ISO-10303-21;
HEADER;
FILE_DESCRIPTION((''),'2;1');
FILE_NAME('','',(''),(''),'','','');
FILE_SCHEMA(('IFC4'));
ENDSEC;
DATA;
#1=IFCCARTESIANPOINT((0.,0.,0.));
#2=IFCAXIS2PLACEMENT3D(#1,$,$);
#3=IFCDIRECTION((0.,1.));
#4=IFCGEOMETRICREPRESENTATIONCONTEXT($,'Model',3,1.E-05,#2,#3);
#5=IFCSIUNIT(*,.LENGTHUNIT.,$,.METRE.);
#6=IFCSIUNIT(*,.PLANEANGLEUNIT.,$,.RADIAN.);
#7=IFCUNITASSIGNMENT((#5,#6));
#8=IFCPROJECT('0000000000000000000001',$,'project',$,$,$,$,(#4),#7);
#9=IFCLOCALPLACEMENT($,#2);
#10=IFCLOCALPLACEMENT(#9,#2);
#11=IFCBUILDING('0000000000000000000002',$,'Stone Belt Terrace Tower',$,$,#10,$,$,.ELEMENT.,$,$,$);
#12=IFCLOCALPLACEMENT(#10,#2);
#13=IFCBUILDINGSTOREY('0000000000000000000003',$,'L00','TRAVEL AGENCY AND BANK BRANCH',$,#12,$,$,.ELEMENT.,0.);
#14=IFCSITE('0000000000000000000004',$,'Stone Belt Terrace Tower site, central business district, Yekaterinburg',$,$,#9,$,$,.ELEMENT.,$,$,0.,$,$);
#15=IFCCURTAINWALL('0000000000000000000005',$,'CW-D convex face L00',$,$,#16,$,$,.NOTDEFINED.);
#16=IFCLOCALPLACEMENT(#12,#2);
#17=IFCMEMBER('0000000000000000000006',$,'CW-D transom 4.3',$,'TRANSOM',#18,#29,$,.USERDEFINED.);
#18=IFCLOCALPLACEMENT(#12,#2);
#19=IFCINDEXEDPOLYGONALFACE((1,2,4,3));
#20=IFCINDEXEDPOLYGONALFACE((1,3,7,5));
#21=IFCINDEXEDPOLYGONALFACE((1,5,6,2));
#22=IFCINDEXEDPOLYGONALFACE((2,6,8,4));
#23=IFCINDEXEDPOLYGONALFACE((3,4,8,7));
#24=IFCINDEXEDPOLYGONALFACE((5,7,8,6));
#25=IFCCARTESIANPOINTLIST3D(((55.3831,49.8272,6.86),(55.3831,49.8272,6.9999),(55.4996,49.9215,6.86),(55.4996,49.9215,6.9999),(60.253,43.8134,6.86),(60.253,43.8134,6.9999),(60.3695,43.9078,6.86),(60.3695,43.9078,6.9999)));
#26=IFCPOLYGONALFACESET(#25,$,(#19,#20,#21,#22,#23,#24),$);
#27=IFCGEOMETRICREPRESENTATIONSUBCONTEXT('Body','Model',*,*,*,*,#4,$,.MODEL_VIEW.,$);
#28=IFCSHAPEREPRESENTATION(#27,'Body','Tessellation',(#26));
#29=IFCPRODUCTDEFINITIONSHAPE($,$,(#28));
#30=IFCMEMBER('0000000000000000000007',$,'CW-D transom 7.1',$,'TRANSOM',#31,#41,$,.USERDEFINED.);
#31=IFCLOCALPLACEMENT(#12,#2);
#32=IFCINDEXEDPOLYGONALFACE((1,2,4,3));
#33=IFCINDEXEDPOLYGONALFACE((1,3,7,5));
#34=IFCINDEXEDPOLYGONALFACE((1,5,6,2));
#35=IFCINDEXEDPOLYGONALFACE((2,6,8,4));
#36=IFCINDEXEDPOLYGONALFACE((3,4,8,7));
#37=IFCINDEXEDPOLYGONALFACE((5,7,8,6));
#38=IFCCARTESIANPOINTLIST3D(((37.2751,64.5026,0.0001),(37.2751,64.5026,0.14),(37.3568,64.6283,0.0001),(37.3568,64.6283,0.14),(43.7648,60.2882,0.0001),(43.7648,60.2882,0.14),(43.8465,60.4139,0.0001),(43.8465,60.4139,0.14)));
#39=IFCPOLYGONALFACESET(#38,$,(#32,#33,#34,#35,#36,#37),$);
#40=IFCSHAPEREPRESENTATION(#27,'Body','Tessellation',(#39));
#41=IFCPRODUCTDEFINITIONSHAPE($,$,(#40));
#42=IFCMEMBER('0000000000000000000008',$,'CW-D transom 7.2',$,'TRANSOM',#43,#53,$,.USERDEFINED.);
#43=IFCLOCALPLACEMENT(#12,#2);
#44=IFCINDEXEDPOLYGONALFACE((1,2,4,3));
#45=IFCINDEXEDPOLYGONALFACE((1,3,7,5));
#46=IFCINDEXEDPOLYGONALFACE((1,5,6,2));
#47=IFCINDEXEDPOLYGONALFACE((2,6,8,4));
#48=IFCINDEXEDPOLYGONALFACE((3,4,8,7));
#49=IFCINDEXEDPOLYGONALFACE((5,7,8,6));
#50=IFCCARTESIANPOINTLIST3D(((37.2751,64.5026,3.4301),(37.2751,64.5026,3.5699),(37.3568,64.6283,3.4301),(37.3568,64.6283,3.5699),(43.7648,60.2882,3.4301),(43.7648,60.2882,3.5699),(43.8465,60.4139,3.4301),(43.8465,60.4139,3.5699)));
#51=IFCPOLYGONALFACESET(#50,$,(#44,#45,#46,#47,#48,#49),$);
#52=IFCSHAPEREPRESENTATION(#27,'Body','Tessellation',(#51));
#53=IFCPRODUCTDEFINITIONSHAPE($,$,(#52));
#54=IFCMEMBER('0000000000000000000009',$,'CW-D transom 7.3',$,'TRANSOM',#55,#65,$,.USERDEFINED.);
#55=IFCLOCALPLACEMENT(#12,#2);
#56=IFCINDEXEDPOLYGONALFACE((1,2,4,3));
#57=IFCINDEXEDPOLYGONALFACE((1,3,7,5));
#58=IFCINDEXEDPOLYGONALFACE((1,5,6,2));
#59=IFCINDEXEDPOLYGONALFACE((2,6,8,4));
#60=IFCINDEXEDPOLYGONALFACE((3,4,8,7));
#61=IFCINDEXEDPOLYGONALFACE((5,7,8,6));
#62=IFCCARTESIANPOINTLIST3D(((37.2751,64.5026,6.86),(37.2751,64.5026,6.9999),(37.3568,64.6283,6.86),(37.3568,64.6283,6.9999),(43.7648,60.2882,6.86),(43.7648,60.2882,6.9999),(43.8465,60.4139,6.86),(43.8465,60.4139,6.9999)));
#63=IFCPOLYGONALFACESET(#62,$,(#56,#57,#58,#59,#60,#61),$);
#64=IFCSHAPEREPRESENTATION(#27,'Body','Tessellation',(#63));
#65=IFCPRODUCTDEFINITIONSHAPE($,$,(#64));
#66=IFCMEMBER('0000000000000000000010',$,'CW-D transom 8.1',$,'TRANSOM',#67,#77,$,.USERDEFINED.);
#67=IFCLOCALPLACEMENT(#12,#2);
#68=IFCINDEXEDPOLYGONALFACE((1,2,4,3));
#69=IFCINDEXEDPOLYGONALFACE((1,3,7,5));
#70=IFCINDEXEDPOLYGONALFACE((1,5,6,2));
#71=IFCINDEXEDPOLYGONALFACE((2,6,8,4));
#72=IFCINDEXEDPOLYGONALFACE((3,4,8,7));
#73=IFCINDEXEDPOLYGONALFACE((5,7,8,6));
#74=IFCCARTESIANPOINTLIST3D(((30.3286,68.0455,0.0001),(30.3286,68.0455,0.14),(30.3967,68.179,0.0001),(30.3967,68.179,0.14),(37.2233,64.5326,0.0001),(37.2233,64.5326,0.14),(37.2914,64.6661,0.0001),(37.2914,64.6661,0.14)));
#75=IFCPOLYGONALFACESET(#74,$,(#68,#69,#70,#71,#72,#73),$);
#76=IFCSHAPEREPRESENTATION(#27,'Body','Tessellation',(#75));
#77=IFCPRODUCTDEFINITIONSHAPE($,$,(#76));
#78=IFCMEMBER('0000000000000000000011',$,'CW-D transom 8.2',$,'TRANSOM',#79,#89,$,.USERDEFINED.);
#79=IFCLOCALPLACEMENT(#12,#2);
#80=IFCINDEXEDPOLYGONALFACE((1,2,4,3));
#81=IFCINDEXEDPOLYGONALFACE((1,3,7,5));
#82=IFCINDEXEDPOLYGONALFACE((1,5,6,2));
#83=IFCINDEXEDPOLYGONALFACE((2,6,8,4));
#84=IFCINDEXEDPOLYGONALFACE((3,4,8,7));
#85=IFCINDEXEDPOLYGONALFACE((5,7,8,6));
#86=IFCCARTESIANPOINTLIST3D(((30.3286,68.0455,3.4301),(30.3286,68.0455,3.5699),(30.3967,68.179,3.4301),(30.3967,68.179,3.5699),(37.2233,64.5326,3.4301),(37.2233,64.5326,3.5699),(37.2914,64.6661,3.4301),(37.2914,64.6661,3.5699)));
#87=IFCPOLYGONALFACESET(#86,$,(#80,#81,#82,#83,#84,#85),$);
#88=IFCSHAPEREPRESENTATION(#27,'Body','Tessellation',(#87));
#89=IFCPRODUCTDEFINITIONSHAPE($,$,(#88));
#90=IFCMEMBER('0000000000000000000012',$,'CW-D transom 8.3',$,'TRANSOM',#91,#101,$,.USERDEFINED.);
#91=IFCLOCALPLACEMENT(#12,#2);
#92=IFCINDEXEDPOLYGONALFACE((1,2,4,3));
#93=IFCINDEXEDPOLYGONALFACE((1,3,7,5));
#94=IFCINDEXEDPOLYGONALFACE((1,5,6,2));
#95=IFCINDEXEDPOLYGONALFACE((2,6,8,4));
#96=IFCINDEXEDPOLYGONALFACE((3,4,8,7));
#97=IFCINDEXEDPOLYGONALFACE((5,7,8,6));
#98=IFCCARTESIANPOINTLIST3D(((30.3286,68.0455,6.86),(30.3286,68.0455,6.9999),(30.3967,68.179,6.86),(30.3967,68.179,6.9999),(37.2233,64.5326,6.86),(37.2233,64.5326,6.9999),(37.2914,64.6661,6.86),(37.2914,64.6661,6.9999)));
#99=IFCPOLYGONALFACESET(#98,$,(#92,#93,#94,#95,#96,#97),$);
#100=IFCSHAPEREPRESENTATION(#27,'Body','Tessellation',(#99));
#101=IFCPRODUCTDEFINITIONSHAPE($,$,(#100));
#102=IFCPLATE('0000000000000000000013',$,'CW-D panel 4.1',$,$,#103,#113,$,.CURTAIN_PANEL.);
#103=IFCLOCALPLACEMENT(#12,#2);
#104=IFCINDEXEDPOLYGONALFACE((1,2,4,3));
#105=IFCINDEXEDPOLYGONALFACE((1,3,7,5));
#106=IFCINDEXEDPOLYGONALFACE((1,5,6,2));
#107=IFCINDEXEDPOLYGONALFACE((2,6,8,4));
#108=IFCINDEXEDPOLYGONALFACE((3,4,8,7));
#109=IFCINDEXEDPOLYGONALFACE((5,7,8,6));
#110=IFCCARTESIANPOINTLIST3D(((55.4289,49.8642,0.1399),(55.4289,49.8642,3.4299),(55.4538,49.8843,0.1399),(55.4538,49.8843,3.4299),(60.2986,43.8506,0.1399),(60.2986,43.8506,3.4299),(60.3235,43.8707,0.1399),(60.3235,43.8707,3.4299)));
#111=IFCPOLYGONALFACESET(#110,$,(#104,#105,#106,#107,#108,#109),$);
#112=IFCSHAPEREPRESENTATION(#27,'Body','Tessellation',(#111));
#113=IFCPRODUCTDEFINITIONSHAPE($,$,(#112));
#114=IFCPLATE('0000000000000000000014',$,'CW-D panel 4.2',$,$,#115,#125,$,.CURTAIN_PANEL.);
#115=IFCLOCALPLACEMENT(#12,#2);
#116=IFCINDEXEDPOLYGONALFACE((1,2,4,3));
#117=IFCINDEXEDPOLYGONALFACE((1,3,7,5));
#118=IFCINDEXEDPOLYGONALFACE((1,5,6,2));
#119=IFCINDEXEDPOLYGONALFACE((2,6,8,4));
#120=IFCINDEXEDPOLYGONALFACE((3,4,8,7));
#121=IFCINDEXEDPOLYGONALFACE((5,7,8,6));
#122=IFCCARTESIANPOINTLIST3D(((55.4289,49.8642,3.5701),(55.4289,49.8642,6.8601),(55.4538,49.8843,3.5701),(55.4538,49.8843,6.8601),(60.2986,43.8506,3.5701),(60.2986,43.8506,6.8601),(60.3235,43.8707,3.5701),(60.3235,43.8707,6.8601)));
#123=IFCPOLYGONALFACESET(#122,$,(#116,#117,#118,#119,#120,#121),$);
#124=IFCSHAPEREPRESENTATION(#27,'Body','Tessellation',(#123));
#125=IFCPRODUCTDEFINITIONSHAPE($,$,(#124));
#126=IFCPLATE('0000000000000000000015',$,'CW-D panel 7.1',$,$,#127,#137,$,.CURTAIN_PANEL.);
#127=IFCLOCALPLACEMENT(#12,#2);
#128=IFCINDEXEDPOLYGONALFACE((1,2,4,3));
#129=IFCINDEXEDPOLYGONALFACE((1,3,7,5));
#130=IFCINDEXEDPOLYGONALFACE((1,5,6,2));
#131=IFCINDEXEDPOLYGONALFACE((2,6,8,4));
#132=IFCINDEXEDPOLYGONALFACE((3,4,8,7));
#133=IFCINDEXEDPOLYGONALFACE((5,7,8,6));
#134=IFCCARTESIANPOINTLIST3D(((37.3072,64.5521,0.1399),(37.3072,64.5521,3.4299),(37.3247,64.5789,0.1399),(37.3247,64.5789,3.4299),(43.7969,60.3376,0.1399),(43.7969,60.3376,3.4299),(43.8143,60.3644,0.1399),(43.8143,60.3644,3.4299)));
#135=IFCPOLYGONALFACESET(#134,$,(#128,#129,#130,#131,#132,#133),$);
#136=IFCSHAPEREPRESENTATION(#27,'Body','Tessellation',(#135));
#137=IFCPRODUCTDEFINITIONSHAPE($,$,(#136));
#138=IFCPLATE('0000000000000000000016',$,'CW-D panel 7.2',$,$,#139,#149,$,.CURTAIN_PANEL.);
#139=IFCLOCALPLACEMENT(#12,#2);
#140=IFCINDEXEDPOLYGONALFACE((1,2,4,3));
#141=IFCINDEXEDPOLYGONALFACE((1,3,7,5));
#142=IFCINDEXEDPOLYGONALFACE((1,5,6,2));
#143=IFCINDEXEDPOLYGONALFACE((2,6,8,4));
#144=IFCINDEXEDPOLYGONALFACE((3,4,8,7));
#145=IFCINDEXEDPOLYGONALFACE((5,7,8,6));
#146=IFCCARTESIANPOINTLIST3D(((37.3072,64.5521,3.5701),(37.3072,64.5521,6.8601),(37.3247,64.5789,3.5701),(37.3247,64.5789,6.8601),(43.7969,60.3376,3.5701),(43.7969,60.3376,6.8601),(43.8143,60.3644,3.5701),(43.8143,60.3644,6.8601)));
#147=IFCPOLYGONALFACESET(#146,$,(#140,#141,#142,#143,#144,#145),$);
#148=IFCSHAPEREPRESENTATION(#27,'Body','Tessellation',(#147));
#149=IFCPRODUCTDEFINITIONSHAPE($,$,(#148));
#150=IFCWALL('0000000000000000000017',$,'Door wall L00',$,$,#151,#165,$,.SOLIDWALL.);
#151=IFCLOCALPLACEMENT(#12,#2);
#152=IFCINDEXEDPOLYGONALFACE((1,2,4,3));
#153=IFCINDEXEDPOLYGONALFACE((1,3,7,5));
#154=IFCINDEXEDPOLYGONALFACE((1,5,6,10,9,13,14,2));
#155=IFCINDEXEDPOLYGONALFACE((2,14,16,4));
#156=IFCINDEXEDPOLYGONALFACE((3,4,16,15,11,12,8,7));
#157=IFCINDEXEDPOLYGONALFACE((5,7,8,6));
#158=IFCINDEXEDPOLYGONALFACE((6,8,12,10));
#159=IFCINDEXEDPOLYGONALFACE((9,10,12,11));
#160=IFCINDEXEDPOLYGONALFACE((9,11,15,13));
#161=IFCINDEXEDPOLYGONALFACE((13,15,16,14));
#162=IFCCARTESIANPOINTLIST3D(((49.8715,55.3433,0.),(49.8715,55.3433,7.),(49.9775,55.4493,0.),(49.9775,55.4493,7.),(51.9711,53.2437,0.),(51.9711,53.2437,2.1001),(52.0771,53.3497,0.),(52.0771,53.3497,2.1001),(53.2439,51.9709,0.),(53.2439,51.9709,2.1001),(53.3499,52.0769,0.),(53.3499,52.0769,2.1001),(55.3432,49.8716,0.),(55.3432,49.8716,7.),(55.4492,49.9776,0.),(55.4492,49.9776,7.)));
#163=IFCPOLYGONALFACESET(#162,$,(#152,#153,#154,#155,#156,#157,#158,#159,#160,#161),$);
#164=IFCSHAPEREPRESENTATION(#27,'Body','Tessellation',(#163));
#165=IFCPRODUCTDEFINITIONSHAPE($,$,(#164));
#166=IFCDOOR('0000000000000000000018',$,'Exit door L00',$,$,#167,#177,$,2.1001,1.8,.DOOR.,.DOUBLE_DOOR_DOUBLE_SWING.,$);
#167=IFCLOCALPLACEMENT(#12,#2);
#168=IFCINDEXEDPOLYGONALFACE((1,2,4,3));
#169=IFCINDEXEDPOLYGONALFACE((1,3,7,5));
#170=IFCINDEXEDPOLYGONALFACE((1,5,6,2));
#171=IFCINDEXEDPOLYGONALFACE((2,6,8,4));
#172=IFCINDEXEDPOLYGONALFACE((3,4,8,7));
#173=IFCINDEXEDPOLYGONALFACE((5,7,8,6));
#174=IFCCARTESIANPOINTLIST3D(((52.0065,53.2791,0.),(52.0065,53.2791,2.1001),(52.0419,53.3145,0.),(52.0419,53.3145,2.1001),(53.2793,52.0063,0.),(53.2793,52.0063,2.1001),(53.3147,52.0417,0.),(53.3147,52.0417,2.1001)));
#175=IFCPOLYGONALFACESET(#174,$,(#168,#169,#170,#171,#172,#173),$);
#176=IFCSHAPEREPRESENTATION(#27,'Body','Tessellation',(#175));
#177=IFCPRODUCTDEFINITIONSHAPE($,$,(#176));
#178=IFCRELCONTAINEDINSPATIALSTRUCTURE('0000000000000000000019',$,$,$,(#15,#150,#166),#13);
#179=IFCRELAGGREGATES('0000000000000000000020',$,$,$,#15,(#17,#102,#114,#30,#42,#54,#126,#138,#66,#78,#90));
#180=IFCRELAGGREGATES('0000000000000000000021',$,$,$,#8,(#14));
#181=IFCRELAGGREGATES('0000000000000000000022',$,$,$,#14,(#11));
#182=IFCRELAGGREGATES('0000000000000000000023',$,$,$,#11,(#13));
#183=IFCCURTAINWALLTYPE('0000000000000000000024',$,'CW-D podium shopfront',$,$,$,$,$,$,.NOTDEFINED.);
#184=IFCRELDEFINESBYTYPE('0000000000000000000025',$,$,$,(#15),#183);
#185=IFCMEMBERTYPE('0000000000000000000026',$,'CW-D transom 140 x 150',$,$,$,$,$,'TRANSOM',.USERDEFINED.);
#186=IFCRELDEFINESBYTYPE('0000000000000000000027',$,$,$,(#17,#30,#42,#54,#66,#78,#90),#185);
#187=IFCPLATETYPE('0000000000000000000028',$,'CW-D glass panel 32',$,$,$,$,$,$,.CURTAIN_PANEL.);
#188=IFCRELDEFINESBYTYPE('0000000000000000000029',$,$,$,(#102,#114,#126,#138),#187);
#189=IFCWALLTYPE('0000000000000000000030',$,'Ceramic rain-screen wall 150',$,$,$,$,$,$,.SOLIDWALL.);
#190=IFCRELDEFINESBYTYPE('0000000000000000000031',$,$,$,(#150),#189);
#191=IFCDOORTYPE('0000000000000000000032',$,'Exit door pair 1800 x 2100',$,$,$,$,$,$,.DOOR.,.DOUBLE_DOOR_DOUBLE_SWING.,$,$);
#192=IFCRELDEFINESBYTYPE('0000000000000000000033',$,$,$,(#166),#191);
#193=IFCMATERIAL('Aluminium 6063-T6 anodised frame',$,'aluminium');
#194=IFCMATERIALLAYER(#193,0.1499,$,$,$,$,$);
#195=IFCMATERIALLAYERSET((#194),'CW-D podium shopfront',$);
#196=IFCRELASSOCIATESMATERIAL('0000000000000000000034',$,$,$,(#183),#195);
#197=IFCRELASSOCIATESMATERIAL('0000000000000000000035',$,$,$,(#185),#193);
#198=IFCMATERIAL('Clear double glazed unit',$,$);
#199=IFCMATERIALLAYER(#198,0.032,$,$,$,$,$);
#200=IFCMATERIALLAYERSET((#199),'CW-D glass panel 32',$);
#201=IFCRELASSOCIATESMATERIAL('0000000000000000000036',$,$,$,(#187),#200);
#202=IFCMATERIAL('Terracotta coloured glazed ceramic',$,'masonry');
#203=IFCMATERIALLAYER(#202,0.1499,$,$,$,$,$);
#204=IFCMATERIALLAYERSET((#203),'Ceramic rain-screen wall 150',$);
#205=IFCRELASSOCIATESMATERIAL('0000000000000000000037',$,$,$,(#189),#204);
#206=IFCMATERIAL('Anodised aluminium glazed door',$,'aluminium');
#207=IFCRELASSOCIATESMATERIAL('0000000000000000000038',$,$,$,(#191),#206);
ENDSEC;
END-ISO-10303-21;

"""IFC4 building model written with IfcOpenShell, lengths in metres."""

from ifc_helpers import new_model, si_unit, direction, frame, frame_2d, origin, origin_2d, place, context, subcontext, project, spatial, rectangle, extrude, material, layer, layer_set, material_profile, profile_set, type_object, element, fill, aggregate, save


model = new_model("IFC4")

# Units and contexts
model_context = context("Model", 3, precision=1e-05, world=origin(), true_north=direction((0.0, 1.0)))
body_context = subcontext(model_context, "Body", "Model", "MODEL_VIEW")
ifc_project = project(units=[si_unit("LENGTHUNIT", "METRE"), si_unit("PLANEANGLEUNIT", "RADIAN")], contexts=[model_context])

# Site, building, storey
site_placement = place(None, origin())
site = spatial("IfcSite", under=ifc_project, at=site_placement, Name="Stone Belt Terrace Tower site, central business district, Yekaterinburg", CompositionType="ELEMENT", RefElevation=0.0)
building_placement = place(site_placement, origin())
building = spatial("IfcBuilding", under=site, at=building_placement, Name="Stone Belt Terrace Tower", CompositionType="ELEMENT")
storey_placement = place(building_placement, origin())
storey = spatial("IfcBuildingStorey", under=building, at=storey_placement, Name="L00", Description="TRAVEL AGENCY AND BANK BRANCH", CompositionType="ELEMENT", Elevation=0.0)

# Curtain wall, members, plates
ifc_material_1 = material(Name="Aluminium 6063-T6 anodised frame", Category="aluminium")
ifc_layer_1 = layer(ifc_material_1, 0.1499)
ifc_layer_set_1 = layer_set([ifc_layer_1], Name="CW-D podium shopfront")
curtain_wall_type = type_object("IfcCurtainWallType", Name="CW-D podium shopfront", PredefinedType="NOTDEFINED", material=ifc_layer_set_1)
curtain_wall_placement = place(storey_placement, origin())
curtain_wall = element("IfcCurtainWall", 1, at=curtain_wall_placement, inside=storey, type_object=curtain_wall_type, Name="CW-D convex face L00", PredefinedType="NOTDEFINED")
ifc_material_profile_1 = material_profile(ifc_material_1, rectangle(XDim=0.1499, YDim=0.1399, at=origin_2d()), Name="Aluminium 6063-T6 150x140")
ifc_profile_set_1 = profile_set([ifc_material_profile_1], Name="Aluminium 6063-T6 anodised frame")
member_type_1 = type_object("IfcMemberType", Name="CW-D transom 140 x 150", ElementType="TRANSOM", PredefinedType="USERDEFINED", material=ifc_profile_set_1)
member_1_placement = place(storey_placement, frame((60.3113, 43.8606, 6.9299), z_axis=(-0.629328, 0.77714, 0.0), x_axis=(-0.77714, -0.629328, 0.0)))
member_1 = element("IfcMember", 2, at=member_1_placement, type_object=member_type_1, Name="CW-D transom 4.3", ObjectType="TRANSOM", PredefinedType="USERDEFINED", context=body_context, shape_type="SweptSolid", body=[
    extrude(rectangle(XDim=0.1499, YDim=0.1399, at=origin_2d()), origin(), (0.0, 0.0, 1.0), 7.7383),
])
member_2_placement = place(storey_placement, frame((43.8057, 60.3511, 0.0701), z_axis=(-0.838679, 0.544627, 0.0), x_axis=(-0.544627, -0.838679, 0.0)))
member_2 = element("IfcMember", 3, at=member_2_placement, type_object=member_type_1, Name="CW-D transom 7.1", ObjectType="TRANSOM", PredefinedType="USERDEFINED", context=body_context, shape_type="SweptSolid", body=[
    extrude(rectangle(XDim=0.1499, YDim=0.1399, at=origin_2d()), origin(), (0.0, 0.0, 1.0), 7.738),
])
member_3_placement = place(storey_placement, frame((43.8057, 60.3511, 3.5), z_axis=(-0.838679, 0.544627, 0.0), x_axis=(-0.544627, -0.838679, 0.0)))
member_3 = element("IfcMember", 4, at=member_3_placement, type_object=member_type_1, Name="CW-D transom 7.2", ObjectType="TRANSOM", PredefinedType="USERDEFINED", context=body_context, shape_type="SweptSolid", body=[
    extrude(rectangle(XDim=0.1499, YDim=0.1399, at=origin_2d()), origin(), (0.0, 0.0, 1.0), 7.738),
])
member_4_placement = place(storey_placement, frame((43.8057, 60.3511, 6.9299), z_axis=(-0.838679, 0.544627, 0.0), x_axis=(-0.544627, -0.838679, 0.0)))
member_4 = element("IfcMember", 5, at=member_4_placement, type_object=member_type_1, Name="CW-D transom 7.3", ObjectType="TRANSOM", PredefinedType="USERDEFINED", context=body_context, shape_type="SweptSolid", body=[
    extrude(rectangle(XDim=0.1499, YDim=0.1399, at=origin_2d()), origin(), (0.0, 0.0, 1.0), 7.738),
])
member_5_placement = place(storey_placement, frame((37.2573, 64.5994, 0.0701), z_axis=(-0.891013, 0.453978, 0.0), x_axis=(-0.453978, -0.891013, 0.0)))
member_5 = element("IfcMember", 6, at=member_5_placement, type_object=member_type_1, Name="CW-D transom 8.1", ObjectType="TRANSOM", PredefinedType="USERDEFINED", context=body_context, shape_type="SweptSolid", body=[
    extrude(rectangle(XDim=0.1499, YDim=0.1399, at=origin_2d()), origin(), (0.0, 0.0, 1.0), 7.738),
])
member_6_placement = place(storey_placement, frame((37.2573, 64.5994, 3.5), z_axis=(-0.891013, 0.453978, 0.0), x_axis=(-0.453978, -0.891013, 0.0)))
member_6 = element("IfcMember", 7, at=member_6_placement, type_object=member_type_1, Name="CW-D transom 8.2", ObjectType="TRANSOM", PredefinedType="USERDEFINED", context=body_context, shape_type="SweptSolid", body=[
    extrude(rectangle(XDim=0.1499, YDim=0.1399, at=origin_2d()), origin(), (0.0, 0.0, 1.0), 7.738),
])
member_7_placement = place(storey_placement, frame((37.2573, 64.5994, 6.9299), z_axis=(-0.891013, 0.453978, 0.0), x_axis=(-0.453978, -0.891013, 0.0)))
member_7 = element("IfcMember", 8, at=member_7_placement, type_object=member_type_1, Name="CW-D transom 8.3", ObjectType="TRANSOM", PredefinedType="USERDEFINED", context=body_context, shape_type="SweptSolid", body=[
    extrude(rectangle(XDim=0.1499, YDim=0.1399, at=origin_2d()), origin(), (0.0, 0.0, 1.0), 7.738),
])
ifc_material_2 = material(Name="Clear double glazed unit")
ifc_layer_2 = layer(ifc_material_2, 0.032)
ifc_layer_set_2 = layer_set([ifc_layer_2], Name="CW-D glass panel 32")
plate_type = type_object("IfcPlateType", Name="CW-D glass panel 32", PredefinedType="CURTAIN_PANEL", material=ifc_layer_set_2)
plate_1_placement = place(storey_placement, frame((57.8762, 46.8674, 0.1399), z_axis=(0.0, 0.0, 1.0), x_axis=(-0.62932, 0.777146, 0.0)))
plate_1 = element("IfcPlate", 9, at=plate_1_placement, type_object=plate_type, Name="CW-D panel 4.1", PredefinedType="CURTAIN_PANEL", context=body_context, shape_type="SweptSolid", body=[
    extrude(rectangle(XDim=7.738, YDim=0.032, at=origin_2d()), origin(), (0.0, 0.0, 1.0), 3.29),
])
plate_2_placement = place(storey_placement, frame((57.8762, 46.8674, 3.5701), z_axis=(0.0, 0.0, 1.0), x_axis=(-0.62932, 0.777146, 0.0)))
plate_2 = element("IfcPlate", 10, at=plate_2_placement, type_object=plate_type, Name="CW-D panel 4.2", PredefinedType="CURTAIN_PANEL", context=body_context, shape_type="SweptSolid", body=[
    extrude(rectangle(XDim=7.738, YDim=0.032, at=origin_2d()), origin(), (0.0, 0.0, 1.0), 3.29),
])
plate_3_placement = place(storey_placement, frame((40.5608, 62.4583, 0.1399), z_axis=(0.0, 0.0, 1.0), x_axis=(-0.838671, 0.544639, 0.0)))
plate_3 = element("IfcPlate", 11, at=plate_3_placement, type_object=plate_type, Name="CW-D panel 7.1", PredefinedType="CURTAIN_PANEL", context=body_context, shape_type="SweptSolid", body=[
    extrude(rectangle(XDim=7.738, YDim=0.032, at=origin_2d()), origin(), (0.0, 0.0, 1.0), 3.29),
])
plate_4_placement = place(storey_placement, frame((40.5608, 62.4583, 3.5701), z_axis=(0.0, 0.0, 1.0), x_axis=(-0.838671, 0.544639, 0.0)))
plate_4 = element("IfcPlate", 12, at=plate_4_placement, type_object=plate_type, Name="CW-D panel 7.2", PredefinedType="CURTAIN_PANEL", context=body_context, shape_type="SweptSolid", body=[
    extrude(rectangle(XDim=7.738, YDim=0.032, at=origin_2d()), origin(), (0.0, 0.0, 1.0), 3.29),
])
aggregate(curtain_wall, [member_1, plate_1, plate_2, member_2, member_3, member_4, plate_3, plate_4, member_5, member_6, member_7])

# Wall, opening, door
ifc_material_3 = material(Name="Terracotta coloured glazed ceramic", Category="masonry")
ifc_layer_3 = layer(ifc_material_3, 0.1499)
ifc_layer_set_3 = layer_set([ifc_layer_3], Name="Ceramic rain-screen wall 150")
wall_type_1 = type_object("IfcWallType", Name="Ceramic rain-screen wall 150", PredefinedType="SOLIDWALL", material=ifc_layer_set_3)
wall_1_placement = place(storey_placement, frame((55.3962, 49.9246, 0.0), z_axis=(0.0, 0.0, 1.0), x_axis=(-0.707107, 0.707107, 0.0)))
wall_1 = element("IfcWall", 13, at=wall_1_placement, inside=storey, type_object=wall_type_1, Name="Door wall L00", PredefinedType="SOLIDWALL", context=body_context, shape_type="SweptSolid", body=[
    extrude(rectangle(XDim=7.738, YDim=0.1499, at=frame_2d((3.8691, 0.0))), origin(), (0.0, 0.0, 1.0), 7.0),
])
opening_1_placement = place(wall_1_placement, frame((2.969, 0.0, 0.0)))
opening_1 = element("IfcOpeningElement", 14, at=opening_1_placement, cuts=wall_1, PredefinedType="OPENING", context=body_context, shape_type="SweptSolid", body=[
    extrude(rectangle(XDim=1.8, YDim=2.1001, at=frame_2d((0.8999, 1.05))), frame((0.0, 0.085, 0.0), z_axis=(0.0, -1.0, 0.0), x_axis=(1.0, 0.0, 0.0)), (0.0, 0.0, 1.0), 0.1699),
])
ifc_material_4 = material(Name="Anodised aluminium glazed door", Category="aluminium")
door_type = type_object("IfcDoorType", Name="Exit door pair 1800 x 2100", OperationType="DOUBLE_DOOR_DOUBLE_SWING", PredefinedType="DOOR", material=ifc_material_4)
door_1_placement = place(opening_1_placement, origin())
door_1 = element("IfcDoor", 15, at=door_1_placement, inside=storey, type_object=door_type, Name="Exit door L00", OperationType="DOUBLE_DOOR_DOUBLE_SWING", OverallHeight=2.1001, OverallWidth=1.8, PredefinedType="DOOR", context=body_context, shape_type="SweptSolid", body=[
    extrude(rectangle(XDim=1.8, YDim=2.1001, at=frame_2d((0.8999, 1.05))), frame((0.0, 0.0249, 0.0), z_axis=(0.0, -1.0, 0.0), x_axis=(1.0, 0.0, 0.0)), (0.0, 0.0, 1.0), 0.05),
])
fill(opening_1, door_1)

save(model, "model.ifc")
